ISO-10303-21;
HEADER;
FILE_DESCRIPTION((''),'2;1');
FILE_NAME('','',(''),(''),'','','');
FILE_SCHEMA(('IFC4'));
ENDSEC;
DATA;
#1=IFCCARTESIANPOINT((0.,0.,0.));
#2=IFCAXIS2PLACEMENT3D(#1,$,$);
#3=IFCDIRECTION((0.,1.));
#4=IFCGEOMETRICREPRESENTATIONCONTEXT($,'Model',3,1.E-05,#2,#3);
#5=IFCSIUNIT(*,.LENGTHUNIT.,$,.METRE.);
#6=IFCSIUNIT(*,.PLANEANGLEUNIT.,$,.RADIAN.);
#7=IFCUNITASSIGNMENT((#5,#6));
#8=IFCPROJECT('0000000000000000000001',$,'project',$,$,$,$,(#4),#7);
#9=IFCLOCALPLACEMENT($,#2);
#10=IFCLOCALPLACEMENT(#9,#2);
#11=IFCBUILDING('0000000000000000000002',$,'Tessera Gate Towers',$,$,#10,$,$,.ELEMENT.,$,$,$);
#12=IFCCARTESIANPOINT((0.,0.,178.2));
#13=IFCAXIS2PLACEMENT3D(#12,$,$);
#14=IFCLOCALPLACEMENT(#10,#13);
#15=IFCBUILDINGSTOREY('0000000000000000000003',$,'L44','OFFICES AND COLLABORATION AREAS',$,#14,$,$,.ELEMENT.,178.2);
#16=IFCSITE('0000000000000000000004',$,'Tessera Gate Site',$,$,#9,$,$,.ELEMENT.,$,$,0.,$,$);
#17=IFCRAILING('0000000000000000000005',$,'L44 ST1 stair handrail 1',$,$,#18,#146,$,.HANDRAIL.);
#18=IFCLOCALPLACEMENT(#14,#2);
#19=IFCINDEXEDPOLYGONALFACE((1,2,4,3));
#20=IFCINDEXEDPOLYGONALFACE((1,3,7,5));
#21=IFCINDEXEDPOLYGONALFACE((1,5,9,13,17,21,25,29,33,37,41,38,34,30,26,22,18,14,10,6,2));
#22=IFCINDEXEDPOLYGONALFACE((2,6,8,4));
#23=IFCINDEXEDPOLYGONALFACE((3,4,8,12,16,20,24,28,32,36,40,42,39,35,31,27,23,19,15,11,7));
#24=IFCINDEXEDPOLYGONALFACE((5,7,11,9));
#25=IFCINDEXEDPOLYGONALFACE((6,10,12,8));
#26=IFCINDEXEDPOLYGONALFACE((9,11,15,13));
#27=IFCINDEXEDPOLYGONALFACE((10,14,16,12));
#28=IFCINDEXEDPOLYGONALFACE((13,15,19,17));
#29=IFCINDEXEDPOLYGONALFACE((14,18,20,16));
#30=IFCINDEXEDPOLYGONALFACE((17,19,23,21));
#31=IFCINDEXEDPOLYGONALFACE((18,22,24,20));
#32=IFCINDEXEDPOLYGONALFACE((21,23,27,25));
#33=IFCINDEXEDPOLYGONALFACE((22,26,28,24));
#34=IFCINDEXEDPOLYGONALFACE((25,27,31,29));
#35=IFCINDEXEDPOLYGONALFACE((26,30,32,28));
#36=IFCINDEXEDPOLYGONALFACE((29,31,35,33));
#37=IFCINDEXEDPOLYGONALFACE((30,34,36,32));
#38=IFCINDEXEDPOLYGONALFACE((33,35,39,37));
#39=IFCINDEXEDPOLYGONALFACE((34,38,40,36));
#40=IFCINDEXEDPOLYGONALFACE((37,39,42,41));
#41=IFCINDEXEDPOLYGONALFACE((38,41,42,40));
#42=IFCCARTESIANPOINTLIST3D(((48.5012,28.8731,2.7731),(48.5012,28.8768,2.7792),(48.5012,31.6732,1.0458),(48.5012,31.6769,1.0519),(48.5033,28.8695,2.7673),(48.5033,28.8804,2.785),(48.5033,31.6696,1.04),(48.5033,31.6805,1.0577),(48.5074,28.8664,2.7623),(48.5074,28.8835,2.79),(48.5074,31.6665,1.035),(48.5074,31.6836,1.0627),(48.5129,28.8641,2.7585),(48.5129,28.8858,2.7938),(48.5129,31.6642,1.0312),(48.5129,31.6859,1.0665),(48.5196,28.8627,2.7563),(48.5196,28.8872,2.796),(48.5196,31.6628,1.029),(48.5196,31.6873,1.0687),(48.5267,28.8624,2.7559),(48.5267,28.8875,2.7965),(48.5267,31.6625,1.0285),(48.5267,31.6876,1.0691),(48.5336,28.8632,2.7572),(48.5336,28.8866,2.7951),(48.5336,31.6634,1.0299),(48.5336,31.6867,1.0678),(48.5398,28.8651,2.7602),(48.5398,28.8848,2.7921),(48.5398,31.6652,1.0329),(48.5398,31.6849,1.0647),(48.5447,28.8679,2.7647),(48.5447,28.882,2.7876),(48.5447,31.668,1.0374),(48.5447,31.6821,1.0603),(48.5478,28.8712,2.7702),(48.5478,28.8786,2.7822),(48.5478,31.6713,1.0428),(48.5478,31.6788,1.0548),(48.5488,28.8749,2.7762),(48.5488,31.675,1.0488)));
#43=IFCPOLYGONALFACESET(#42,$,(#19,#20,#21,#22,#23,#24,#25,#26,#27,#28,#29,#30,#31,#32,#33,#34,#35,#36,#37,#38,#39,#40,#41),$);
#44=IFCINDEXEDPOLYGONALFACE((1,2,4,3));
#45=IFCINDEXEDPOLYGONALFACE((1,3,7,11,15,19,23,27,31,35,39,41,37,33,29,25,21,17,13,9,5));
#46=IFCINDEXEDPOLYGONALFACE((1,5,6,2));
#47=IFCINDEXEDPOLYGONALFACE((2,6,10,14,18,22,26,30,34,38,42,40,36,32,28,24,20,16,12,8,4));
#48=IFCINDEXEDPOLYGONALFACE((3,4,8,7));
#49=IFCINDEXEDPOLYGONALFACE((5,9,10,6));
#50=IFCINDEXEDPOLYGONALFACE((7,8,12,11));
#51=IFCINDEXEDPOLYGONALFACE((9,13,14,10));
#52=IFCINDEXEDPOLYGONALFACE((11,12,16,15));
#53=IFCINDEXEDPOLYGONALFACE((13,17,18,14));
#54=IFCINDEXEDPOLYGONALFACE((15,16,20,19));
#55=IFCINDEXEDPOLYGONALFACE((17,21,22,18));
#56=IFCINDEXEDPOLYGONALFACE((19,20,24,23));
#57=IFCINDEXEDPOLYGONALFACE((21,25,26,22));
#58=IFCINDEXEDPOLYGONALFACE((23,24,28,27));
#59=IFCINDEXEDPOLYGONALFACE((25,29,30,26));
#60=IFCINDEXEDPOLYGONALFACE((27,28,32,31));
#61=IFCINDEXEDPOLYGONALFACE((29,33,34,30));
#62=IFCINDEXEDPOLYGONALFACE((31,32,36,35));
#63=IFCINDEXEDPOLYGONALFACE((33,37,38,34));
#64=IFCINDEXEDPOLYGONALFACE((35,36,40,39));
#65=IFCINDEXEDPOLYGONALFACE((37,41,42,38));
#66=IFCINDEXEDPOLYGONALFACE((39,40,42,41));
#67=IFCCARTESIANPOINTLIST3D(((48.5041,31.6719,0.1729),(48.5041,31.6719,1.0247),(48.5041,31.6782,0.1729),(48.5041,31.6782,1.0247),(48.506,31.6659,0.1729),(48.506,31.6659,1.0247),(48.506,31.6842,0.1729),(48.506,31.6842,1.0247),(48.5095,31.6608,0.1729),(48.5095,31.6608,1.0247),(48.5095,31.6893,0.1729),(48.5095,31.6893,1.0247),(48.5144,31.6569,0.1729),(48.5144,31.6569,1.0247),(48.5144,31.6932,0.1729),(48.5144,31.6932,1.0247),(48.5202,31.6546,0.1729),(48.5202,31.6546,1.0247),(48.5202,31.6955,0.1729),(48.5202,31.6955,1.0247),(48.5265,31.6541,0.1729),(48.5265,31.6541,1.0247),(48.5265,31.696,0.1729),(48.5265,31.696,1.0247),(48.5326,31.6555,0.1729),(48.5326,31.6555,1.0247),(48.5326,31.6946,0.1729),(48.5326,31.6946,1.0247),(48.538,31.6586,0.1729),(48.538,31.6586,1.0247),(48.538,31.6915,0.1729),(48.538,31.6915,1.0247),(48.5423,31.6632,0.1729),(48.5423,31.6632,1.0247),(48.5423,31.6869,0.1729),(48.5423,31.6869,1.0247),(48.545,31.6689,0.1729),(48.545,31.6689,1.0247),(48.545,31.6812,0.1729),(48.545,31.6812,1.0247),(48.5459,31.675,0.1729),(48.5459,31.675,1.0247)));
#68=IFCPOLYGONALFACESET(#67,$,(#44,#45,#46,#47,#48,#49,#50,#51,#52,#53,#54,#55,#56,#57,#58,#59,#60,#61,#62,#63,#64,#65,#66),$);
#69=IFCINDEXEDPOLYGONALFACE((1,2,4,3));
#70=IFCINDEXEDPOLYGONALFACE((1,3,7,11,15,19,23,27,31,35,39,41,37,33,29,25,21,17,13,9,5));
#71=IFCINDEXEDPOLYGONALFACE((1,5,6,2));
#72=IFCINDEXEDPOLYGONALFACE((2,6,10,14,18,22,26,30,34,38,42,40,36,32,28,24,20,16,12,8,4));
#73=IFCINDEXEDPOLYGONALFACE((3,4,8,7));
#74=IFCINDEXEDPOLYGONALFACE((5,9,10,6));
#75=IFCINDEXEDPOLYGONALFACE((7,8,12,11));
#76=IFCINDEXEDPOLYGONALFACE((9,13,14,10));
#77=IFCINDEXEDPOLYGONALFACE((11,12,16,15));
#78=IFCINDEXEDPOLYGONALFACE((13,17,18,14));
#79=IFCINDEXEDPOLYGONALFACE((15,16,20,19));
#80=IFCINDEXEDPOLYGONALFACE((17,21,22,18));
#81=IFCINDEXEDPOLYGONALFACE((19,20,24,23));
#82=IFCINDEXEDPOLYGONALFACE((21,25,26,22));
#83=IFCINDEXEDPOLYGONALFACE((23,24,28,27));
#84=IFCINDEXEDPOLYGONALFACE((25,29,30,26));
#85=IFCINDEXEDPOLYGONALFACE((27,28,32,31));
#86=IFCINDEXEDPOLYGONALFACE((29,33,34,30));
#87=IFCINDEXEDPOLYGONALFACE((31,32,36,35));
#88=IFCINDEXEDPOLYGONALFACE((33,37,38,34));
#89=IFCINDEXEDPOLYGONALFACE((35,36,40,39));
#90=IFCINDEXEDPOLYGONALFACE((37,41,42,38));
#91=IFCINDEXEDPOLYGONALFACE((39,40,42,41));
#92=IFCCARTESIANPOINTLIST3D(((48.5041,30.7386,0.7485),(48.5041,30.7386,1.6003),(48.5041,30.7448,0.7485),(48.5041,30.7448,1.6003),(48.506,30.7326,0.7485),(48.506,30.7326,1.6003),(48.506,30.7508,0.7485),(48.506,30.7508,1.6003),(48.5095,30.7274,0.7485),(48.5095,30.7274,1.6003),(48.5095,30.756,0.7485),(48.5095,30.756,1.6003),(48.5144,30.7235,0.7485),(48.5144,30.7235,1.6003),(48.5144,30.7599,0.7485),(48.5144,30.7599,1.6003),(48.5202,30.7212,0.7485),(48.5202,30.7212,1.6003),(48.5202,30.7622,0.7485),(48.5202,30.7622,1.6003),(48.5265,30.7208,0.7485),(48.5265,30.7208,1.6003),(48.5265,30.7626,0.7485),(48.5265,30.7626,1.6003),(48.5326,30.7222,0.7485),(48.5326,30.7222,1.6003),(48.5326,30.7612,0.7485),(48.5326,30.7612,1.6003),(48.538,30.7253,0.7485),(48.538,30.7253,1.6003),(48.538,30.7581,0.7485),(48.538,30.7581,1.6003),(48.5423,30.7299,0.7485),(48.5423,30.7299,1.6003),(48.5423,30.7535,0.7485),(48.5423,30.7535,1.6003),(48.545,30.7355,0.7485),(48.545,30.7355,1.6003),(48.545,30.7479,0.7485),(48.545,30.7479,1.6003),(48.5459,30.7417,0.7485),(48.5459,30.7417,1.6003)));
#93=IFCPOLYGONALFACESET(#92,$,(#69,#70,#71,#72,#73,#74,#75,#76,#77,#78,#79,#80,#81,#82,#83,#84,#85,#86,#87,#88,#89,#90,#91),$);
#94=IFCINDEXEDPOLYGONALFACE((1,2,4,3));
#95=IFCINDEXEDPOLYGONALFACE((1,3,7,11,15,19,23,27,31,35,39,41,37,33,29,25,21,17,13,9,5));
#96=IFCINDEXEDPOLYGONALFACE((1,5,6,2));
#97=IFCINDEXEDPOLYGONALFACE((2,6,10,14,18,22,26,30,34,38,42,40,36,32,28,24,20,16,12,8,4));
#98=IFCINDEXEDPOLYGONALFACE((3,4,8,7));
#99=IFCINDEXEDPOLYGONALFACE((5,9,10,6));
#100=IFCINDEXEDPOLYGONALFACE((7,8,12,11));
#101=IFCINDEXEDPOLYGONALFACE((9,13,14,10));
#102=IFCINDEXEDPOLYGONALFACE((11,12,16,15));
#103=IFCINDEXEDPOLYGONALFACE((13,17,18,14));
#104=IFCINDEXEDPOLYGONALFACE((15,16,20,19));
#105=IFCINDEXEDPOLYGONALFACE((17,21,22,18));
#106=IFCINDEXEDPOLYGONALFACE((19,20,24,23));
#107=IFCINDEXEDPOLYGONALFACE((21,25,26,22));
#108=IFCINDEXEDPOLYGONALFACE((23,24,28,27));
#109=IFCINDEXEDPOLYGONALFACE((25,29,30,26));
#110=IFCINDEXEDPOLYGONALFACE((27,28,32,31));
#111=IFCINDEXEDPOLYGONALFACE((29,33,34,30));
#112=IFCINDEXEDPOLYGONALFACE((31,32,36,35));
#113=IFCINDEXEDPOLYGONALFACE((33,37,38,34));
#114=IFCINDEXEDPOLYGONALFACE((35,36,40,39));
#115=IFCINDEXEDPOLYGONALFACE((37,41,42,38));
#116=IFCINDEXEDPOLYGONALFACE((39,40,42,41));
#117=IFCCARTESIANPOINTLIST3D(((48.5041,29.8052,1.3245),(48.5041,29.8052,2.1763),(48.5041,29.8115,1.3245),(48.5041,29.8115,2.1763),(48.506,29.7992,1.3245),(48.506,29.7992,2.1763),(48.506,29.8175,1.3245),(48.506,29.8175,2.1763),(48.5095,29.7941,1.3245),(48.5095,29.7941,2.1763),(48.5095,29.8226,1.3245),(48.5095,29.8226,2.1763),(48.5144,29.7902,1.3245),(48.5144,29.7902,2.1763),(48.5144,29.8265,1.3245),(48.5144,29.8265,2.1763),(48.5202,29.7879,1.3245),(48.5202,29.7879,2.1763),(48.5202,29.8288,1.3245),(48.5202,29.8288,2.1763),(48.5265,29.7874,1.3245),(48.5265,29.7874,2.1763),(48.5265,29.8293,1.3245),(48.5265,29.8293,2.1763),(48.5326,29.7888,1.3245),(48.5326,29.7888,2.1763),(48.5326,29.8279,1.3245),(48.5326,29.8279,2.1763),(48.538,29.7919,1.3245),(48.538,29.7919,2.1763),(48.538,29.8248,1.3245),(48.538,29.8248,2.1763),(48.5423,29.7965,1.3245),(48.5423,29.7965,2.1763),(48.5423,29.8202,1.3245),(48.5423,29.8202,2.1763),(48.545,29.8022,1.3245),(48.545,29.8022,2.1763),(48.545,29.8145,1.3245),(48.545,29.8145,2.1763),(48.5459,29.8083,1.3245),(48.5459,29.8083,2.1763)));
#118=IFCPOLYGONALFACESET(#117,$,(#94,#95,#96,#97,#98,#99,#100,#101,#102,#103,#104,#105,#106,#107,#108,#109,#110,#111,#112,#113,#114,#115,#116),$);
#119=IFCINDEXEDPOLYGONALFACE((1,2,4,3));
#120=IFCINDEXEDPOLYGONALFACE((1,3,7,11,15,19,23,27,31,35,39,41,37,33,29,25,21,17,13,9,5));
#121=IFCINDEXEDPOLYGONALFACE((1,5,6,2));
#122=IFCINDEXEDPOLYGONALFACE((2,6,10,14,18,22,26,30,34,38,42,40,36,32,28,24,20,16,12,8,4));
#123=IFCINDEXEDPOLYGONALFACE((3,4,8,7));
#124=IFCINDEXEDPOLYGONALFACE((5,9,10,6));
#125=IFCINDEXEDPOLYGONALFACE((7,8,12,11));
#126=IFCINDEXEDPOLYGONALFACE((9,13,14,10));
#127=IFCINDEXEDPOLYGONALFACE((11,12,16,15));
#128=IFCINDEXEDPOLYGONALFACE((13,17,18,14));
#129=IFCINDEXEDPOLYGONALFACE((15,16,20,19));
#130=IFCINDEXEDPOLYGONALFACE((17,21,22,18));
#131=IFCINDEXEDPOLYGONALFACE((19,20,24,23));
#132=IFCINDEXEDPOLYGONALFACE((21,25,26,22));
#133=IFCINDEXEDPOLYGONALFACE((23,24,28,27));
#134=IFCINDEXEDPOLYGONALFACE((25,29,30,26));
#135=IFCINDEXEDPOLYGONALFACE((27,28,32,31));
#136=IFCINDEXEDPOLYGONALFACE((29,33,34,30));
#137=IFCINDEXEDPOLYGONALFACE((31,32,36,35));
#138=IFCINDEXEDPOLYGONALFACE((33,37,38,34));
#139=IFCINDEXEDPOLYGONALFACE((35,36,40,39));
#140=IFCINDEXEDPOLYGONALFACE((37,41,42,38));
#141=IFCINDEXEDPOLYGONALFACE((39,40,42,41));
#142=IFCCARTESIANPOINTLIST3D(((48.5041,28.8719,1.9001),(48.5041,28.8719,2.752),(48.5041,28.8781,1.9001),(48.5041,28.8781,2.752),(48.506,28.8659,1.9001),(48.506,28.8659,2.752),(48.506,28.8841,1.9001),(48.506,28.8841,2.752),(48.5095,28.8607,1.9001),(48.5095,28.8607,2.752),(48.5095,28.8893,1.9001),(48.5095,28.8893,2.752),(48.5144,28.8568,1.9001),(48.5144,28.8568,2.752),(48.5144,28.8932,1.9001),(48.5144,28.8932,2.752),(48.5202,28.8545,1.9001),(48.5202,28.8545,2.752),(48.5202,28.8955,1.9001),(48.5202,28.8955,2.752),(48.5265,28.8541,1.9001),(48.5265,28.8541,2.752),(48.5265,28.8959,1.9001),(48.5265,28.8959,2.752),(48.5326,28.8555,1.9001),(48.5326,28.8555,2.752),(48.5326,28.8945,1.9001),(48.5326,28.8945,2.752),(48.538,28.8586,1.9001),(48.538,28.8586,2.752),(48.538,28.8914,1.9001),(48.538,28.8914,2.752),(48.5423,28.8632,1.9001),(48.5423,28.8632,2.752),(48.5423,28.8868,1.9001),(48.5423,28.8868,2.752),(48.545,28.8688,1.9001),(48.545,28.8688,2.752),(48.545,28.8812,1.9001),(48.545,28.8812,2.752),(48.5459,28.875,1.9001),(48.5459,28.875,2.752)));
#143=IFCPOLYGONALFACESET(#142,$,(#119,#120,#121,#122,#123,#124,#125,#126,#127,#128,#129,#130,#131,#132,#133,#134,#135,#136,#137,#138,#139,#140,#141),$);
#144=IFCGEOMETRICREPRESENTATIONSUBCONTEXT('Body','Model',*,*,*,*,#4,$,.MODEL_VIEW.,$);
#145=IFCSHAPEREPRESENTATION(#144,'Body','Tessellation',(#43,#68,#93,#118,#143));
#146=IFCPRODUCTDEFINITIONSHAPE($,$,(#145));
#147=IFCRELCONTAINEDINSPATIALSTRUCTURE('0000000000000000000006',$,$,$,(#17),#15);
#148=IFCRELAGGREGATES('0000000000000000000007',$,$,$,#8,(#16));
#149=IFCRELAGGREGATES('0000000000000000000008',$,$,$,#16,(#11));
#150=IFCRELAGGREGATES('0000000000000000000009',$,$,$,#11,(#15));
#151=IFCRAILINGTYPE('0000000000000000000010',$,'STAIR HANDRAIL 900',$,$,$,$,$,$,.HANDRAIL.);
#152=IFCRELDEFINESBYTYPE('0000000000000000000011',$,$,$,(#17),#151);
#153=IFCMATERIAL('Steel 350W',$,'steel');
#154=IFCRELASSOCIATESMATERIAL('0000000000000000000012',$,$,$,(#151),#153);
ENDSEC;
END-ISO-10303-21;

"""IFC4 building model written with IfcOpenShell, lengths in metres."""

from ifc_helpers import new_model, si_unit, direction, frame, origin, origin_2d, place, context, subcontext, project, spatial, circle, extrude, material, type_object, element, save


model = new_model("IFC4")

# Units and contexts
model_context = context("Model", 3, precision=1e-05, world=origin(), true_north=direction((0.0, 1.0)))
body_context = subcontext(model_context, "Body", "Model", "MODEL_VIEW")
ifc_project = project(units=[si_unit("LENGTHUNIT", "METRE"), si_unit("PLANEANGLEUNIT", "RADIAN")], contexts=[model_context])

# Site, building, storey
site_placement = place(None, origin())
site = spatial("IfcSite", under=ifc_project, at=site_placement, Name="Tessera Gate Site", CompositionType="ELEMENT", RefElevation=0.0)
building_placement = place(site_placement, origin())
building = spatial("IfcBuilding", under=site, at=building_placement, Name="Tessera Gate Towers", CompositionType="ELEMENT")
storey_placement = place(building_placement, frame((0.0, 0.0, 178.2)))
storey = spatial("IfcBuildingStorey", under=building, at=storey_placement, Name="L44", Description="OFFICES AND COLLABORATION AREAS", CompositionType="ELEMENT", Elevation=178.2)

# Railing
ifc_material_1 = material(Name="Steel 350W", Category="steel")
railing_type = type_object("IfcRailingType", Name="STAIR HANDRAIL 900", PredefinedType="HANDRAIL", material=ifc_material_1)
railing_placement = place(storey_placement, frame((48.5249, 31.675, 0.1729)))
element("IfcRailing", 1, at=railing_placement, inside=storey, type_object=railing_type, Name="L44 ST1 stair handrail 1", PredefinedType="HANDRAIL", context=body_context, shape_type="SweptSolid", body=[
    extrude(circle(Radius=0.0239, at=origin_2d()), frame((0.0, 0.0, 0.876), z_axis=(0.0, -0.85109, 0.52502), x_axis=(1.0, 0.0, 0.0)), (0.0, 0.0, 1.0), 3.29),
    extrude(circle(Radius=0.021, at=origin_2d()), origin(), (0.0, 0.0, 1.0), 0.8518),
    extrude(circle(Radius=0.021, at=origin_2d()), frame((0.0, -0.9333, 0.5757)), (0.0, 0.0, 1.0), 0.8518),
    extrude(circle(Radius=0.021, at=origin_2d()), frame((0.0, -1.8667, 1.1516)), (0.0, 0.0, 1.0), 0.8518),
    extrude(circle(Radius=0.021, at=origin_2d()), frame((0.0, -2.8, 1.7273)), (0.0, 0.0, 1.0), 0.8518),
])

save(model, "model.ifc")
